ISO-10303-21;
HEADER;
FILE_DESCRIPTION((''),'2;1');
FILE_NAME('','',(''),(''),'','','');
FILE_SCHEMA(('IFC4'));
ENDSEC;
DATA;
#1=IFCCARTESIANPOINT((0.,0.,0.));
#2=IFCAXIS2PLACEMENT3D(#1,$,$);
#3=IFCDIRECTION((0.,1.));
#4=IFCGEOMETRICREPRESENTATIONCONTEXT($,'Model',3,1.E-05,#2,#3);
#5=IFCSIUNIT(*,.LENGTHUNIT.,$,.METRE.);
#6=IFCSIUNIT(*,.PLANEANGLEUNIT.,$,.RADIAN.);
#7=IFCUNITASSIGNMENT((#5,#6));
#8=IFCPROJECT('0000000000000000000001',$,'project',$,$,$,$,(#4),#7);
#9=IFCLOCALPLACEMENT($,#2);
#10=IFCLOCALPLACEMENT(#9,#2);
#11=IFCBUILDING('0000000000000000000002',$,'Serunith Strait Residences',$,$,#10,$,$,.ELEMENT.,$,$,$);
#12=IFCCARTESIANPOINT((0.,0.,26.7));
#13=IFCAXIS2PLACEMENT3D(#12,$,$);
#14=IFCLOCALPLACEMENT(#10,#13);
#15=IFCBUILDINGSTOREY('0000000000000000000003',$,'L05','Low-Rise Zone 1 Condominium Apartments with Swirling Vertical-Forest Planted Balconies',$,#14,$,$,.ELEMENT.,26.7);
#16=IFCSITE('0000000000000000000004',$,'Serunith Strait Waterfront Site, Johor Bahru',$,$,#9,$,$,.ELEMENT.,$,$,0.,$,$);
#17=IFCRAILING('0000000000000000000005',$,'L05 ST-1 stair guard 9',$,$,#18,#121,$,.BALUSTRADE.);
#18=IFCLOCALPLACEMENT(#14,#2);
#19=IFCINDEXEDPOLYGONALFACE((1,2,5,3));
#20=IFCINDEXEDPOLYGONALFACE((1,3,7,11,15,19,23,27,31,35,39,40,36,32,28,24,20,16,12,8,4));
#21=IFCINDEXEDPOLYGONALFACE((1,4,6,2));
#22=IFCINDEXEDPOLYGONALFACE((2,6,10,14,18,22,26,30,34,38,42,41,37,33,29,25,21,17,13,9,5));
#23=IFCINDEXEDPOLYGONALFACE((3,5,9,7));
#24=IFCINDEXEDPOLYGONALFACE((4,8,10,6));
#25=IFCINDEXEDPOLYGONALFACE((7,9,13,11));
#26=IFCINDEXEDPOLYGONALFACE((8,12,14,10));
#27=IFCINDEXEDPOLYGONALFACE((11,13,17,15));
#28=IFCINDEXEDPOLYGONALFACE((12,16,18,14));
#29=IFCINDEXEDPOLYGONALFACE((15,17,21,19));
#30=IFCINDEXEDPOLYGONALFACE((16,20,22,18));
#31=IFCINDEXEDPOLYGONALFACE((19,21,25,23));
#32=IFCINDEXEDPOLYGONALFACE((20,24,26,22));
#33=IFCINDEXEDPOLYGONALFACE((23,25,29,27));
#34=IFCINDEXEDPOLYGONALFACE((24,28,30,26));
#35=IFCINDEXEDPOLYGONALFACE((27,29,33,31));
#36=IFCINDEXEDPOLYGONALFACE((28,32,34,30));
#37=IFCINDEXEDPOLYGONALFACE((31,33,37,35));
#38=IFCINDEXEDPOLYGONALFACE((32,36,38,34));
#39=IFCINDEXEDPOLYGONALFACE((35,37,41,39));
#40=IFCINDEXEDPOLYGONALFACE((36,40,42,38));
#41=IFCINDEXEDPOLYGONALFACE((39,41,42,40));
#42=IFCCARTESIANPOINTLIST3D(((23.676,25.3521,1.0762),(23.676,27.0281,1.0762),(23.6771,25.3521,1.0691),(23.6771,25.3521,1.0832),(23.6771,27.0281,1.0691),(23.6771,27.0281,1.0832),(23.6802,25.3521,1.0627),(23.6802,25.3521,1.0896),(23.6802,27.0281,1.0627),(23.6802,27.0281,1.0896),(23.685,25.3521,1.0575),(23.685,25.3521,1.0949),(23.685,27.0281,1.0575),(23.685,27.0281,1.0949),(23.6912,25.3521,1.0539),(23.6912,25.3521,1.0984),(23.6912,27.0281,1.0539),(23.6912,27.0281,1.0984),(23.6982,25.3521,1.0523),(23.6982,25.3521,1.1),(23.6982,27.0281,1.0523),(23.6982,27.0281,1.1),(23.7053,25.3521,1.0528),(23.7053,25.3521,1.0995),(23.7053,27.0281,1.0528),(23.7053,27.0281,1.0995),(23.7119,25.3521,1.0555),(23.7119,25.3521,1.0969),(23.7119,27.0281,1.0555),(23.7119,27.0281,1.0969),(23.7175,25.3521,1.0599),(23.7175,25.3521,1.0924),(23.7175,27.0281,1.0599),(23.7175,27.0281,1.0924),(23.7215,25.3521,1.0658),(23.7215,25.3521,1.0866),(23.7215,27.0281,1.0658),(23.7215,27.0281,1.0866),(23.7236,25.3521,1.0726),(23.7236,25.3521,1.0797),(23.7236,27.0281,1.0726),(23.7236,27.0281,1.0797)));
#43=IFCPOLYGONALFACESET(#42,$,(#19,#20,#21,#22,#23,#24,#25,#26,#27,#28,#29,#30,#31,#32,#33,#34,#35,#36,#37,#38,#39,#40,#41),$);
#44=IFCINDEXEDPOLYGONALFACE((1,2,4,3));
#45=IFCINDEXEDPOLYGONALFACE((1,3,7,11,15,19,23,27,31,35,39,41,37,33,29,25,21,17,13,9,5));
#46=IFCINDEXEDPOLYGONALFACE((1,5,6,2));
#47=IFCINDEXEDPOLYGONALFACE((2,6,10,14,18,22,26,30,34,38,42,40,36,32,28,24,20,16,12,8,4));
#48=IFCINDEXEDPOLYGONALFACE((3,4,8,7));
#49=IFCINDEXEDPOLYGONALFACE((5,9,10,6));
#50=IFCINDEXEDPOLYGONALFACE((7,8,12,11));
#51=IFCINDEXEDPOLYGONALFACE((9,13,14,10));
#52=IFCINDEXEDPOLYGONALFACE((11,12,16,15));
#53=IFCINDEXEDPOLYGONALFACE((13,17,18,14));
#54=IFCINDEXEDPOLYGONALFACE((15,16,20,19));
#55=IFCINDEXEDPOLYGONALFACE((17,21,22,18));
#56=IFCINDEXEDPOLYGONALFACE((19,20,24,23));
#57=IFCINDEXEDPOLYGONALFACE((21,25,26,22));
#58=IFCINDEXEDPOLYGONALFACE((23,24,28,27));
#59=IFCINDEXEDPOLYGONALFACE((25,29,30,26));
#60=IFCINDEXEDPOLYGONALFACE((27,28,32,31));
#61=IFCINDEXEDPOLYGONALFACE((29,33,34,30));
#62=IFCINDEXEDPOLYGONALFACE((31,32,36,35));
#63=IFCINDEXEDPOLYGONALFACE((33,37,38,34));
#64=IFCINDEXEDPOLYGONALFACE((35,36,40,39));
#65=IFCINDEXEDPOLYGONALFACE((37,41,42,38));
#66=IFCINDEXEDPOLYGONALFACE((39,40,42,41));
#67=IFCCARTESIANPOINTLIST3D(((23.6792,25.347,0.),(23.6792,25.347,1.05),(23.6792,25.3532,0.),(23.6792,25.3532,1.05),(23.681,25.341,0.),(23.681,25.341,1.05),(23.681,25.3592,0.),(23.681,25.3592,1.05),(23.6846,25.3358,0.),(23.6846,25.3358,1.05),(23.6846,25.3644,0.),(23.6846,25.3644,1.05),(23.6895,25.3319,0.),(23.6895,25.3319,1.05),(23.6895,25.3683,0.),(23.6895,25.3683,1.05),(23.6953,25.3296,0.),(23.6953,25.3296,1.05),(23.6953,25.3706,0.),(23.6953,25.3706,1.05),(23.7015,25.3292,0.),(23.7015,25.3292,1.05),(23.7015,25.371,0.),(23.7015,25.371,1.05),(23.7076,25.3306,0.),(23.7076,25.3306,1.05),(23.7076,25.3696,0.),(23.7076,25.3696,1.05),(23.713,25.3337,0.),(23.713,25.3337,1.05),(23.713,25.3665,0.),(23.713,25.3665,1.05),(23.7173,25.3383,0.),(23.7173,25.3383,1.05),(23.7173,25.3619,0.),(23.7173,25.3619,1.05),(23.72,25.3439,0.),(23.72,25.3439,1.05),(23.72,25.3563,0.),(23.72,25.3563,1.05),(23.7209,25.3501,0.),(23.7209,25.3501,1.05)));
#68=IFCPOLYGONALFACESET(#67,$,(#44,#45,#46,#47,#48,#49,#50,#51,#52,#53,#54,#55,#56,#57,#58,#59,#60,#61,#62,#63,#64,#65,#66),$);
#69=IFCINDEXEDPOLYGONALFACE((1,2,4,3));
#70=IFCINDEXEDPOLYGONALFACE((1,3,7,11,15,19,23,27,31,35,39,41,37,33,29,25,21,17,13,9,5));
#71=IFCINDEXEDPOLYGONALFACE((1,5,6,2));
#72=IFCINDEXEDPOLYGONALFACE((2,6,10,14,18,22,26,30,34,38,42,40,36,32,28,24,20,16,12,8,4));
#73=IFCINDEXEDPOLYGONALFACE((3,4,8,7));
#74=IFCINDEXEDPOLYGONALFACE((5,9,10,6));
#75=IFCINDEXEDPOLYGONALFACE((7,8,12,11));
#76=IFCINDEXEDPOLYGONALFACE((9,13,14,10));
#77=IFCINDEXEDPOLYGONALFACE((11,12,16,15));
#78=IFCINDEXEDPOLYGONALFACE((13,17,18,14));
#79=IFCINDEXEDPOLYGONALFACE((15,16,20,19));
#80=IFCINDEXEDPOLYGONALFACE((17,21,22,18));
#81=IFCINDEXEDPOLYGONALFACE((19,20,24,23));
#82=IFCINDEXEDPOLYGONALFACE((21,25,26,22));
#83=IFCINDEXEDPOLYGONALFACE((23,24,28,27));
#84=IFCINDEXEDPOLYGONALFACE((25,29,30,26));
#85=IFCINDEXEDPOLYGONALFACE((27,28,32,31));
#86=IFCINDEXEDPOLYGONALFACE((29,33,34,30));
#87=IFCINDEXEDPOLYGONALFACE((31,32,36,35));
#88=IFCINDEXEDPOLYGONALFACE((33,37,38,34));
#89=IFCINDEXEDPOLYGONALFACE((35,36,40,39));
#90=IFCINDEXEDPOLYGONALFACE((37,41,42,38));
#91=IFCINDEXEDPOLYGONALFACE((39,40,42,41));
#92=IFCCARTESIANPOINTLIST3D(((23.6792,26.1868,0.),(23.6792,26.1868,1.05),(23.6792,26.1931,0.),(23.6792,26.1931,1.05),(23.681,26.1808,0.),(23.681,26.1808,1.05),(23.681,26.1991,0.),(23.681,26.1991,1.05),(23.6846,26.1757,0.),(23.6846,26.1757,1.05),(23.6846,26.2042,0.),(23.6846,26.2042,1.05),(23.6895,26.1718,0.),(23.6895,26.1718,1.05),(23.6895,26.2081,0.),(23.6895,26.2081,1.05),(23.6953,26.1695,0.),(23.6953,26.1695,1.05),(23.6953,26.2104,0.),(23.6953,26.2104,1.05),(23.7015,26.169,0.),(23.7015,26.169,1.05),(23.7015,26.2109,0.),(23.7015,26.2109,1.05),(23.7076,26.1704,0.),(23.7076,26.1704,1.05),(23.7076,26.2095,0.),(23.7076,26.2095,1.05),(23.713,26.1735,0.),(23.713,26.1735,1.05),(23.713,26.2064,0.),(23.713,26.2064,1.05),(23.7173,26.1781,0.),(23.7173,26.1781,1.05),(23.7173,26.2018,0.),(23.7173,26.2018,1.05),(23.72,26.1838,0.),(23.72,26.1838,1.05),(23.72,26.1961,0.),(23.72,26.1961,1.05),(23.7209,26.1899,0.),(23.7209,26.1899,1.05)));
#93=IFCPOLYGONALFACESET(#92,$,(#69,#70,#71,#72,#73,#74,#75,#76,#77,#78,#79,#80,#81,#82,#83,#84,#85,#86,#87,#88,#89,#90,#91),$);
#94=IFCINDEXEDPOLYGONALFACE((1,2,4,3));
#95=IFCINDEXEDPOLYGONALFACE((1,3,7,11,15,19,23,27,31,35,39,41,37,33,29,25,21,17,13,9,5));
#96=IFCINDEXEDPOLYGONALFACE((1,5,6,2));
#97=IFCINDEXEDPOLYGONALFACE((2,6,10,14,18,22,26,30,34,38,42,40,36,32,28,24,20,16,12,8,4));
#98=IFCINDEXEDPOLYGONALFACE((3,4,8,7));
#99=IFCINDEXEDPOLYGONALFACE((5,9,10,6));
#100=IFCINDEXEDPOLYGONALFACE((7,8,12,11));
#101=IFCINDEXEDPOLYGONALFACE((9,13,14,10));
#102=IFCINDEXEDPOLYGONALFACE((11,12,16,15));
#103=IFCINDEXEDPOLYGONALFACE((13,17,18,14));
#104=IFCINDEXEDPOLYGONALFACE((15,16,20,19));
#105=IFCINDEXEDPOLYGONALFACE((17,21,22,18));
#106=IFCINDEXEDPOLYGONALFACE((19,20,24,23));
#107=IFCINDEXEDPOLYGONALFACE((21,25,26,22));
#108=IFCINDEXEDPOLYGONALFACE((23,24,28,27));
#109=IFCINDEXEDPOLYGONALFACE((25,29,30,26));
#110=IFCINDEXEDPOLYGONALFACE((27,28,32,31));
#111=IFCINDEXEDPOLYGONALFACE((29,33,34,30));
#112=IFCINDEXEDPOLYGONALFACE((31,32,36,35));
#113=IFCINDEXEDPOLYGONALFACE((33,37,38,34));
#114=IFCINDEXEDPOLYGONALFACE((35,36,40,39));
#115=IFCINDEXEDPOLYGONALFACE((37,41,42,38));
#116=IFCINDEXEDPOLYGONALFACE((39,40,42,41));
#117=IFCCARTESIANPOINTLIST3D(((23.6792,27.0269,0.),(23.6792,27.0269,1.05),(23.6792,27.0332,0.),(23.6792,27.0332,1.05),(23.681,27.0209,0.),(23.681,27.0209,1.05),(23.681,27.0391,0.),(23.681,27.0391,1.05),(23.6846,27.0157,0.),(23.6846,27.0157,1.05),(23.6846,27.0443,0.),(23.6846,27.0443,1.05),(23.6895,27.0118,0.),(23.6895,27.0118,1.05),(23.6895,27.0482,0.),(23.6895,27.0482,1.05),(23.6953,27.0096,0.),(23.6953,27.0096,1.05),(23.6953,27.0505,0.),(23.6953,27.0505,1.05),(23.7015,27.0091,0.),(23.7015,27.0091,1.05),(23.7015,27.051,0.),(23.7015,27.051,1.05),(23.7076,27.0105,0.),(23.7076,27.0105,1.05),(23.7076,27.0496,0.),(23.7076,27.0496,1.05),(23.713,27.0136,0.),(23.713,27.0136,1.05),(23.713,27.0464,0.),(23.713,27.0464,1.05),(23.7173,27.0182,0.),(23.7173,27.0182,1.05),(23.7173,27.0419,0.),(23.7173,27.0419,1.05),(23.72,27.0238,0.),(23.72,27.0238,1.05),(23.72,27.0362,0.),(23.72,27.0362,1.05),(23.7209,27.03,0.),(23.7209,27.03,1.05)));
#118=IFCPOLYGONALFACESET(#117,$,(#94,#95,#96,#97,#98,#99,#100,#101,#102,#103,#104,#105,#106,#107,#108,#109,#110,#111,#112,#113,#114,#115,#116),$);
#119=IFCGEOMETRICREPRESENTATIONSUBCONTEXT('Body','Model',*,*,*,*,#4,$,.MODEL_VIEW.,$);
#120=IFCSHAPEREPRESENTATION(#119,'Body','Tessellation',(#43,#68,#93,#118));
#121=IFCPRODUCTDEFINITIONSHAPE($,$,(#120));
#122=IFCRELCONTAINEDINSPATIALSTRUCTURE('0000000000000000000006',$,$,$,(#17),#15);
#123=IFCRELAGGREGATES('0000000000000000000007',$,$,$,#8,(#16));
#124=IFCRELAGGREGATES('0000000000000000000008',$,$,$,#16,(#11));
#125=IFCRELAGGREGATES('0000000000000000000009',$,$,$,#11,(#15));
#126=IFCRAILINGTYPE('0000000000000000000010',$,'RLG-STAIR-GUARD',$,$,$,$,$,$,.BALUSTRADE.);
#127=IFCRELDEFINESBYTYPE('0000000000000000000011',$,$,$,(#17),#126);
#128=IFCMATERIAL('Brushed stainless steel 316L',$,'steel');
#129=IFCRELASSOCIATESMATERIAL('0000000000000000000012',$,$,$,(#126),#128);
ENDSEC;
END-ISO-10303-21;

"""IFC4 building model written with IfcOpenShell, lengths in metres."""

from ifc_helpers import new_model, si_unit, direction, frame, origin, origin_2d, place, context, subcontext, project, spatial, circle, extrude, material, type_object, element, save


model = new_model("IFC4")

# Units and contexts
model_context = context("Model", 3, precision=1e-05, world=origin(), true_north=direction((0.0, 1.0)))
body_context = subcontext(model_context, "Body", "Model", "MODEL_VIEW")
ifc_project = project(units=[si_unit("LENGTHUNIT", "METRE"), si_unit("PLANEANGLEUNIT", "RADIAN")], contexts=[model_context])

# Site, building, storey
site_placement = place(None, origin())
site = spatial("IfcSite", under=ifc_project, at=site_placement, Name="Serunith Strait Waterfront Site, Johor Bahru", CompositionType="ELEMENT", RefElevation=0.0)
building_placement = place(site_placement, origin())
building = spatial("IfcBuilding", under=site, at=building_placement, Name="Serunith Strait Residences", CompositionType="ELEMENT")
storey_placement = place(building_placement, frame((0.0, 0.0, 26.7)))
storey = spatial("IfcBuildingStorey", under=building, at=storey_placement, Name="L05", Description="Low-Rise Zone 1 Condominium Apartments with Swirling Vertical-Forest Planted Balconies", CompositionType="ELEMENT", Elevation=26.7)

# Railing
ifc_material_1 = material(Name="Brushed stainless steel 316L", Category="steel")
railing_type_1 = type_object("IfcRailingType", Name="RLG-STAIR-GUARD", PredefinedType="BALUSTRADE", material=ifc_material_1)
for number, where, name in (
    (1, (23.7, 25.3501, 0.0), "L05 ST-1 stair guard 9"),
):
    element("IfcRailing", number, at=place(storey_placement, frame(where)), inside=storey, type_object=railing_type_1, Name=name, PredefinedType="BALUSTRADE", context=body_context, shape_type="SweptSolid", body=[
        extrude(circle(Radius=0.0239, at=origin_2d()), frame((0.0, 0.002, 1.0762), z_axis=(0.0, 1.0, 0.0), x_axis=(-1.0, 0.0, 0.0)), (0.0, 0.0, 1.0), 1.676),
        extrude(circle(Radius=0.021, at=origin_2d()), origin(), (0.0, 0.0, 1.0), 1.05),
        extrude(circle(Radius=0.021, at=origin_2d()), frame((0.0, 0.8398, 0.0)), (0.0, 0.0, 1.0), 1.05),
        extrude(circle(Radius=0.021, at=origin_2d()), frame((0.0, 1.6799, 0.0)), (0.0, 0.0, 1.0), 1.05),
    ])

save(model, "model.ifc")
